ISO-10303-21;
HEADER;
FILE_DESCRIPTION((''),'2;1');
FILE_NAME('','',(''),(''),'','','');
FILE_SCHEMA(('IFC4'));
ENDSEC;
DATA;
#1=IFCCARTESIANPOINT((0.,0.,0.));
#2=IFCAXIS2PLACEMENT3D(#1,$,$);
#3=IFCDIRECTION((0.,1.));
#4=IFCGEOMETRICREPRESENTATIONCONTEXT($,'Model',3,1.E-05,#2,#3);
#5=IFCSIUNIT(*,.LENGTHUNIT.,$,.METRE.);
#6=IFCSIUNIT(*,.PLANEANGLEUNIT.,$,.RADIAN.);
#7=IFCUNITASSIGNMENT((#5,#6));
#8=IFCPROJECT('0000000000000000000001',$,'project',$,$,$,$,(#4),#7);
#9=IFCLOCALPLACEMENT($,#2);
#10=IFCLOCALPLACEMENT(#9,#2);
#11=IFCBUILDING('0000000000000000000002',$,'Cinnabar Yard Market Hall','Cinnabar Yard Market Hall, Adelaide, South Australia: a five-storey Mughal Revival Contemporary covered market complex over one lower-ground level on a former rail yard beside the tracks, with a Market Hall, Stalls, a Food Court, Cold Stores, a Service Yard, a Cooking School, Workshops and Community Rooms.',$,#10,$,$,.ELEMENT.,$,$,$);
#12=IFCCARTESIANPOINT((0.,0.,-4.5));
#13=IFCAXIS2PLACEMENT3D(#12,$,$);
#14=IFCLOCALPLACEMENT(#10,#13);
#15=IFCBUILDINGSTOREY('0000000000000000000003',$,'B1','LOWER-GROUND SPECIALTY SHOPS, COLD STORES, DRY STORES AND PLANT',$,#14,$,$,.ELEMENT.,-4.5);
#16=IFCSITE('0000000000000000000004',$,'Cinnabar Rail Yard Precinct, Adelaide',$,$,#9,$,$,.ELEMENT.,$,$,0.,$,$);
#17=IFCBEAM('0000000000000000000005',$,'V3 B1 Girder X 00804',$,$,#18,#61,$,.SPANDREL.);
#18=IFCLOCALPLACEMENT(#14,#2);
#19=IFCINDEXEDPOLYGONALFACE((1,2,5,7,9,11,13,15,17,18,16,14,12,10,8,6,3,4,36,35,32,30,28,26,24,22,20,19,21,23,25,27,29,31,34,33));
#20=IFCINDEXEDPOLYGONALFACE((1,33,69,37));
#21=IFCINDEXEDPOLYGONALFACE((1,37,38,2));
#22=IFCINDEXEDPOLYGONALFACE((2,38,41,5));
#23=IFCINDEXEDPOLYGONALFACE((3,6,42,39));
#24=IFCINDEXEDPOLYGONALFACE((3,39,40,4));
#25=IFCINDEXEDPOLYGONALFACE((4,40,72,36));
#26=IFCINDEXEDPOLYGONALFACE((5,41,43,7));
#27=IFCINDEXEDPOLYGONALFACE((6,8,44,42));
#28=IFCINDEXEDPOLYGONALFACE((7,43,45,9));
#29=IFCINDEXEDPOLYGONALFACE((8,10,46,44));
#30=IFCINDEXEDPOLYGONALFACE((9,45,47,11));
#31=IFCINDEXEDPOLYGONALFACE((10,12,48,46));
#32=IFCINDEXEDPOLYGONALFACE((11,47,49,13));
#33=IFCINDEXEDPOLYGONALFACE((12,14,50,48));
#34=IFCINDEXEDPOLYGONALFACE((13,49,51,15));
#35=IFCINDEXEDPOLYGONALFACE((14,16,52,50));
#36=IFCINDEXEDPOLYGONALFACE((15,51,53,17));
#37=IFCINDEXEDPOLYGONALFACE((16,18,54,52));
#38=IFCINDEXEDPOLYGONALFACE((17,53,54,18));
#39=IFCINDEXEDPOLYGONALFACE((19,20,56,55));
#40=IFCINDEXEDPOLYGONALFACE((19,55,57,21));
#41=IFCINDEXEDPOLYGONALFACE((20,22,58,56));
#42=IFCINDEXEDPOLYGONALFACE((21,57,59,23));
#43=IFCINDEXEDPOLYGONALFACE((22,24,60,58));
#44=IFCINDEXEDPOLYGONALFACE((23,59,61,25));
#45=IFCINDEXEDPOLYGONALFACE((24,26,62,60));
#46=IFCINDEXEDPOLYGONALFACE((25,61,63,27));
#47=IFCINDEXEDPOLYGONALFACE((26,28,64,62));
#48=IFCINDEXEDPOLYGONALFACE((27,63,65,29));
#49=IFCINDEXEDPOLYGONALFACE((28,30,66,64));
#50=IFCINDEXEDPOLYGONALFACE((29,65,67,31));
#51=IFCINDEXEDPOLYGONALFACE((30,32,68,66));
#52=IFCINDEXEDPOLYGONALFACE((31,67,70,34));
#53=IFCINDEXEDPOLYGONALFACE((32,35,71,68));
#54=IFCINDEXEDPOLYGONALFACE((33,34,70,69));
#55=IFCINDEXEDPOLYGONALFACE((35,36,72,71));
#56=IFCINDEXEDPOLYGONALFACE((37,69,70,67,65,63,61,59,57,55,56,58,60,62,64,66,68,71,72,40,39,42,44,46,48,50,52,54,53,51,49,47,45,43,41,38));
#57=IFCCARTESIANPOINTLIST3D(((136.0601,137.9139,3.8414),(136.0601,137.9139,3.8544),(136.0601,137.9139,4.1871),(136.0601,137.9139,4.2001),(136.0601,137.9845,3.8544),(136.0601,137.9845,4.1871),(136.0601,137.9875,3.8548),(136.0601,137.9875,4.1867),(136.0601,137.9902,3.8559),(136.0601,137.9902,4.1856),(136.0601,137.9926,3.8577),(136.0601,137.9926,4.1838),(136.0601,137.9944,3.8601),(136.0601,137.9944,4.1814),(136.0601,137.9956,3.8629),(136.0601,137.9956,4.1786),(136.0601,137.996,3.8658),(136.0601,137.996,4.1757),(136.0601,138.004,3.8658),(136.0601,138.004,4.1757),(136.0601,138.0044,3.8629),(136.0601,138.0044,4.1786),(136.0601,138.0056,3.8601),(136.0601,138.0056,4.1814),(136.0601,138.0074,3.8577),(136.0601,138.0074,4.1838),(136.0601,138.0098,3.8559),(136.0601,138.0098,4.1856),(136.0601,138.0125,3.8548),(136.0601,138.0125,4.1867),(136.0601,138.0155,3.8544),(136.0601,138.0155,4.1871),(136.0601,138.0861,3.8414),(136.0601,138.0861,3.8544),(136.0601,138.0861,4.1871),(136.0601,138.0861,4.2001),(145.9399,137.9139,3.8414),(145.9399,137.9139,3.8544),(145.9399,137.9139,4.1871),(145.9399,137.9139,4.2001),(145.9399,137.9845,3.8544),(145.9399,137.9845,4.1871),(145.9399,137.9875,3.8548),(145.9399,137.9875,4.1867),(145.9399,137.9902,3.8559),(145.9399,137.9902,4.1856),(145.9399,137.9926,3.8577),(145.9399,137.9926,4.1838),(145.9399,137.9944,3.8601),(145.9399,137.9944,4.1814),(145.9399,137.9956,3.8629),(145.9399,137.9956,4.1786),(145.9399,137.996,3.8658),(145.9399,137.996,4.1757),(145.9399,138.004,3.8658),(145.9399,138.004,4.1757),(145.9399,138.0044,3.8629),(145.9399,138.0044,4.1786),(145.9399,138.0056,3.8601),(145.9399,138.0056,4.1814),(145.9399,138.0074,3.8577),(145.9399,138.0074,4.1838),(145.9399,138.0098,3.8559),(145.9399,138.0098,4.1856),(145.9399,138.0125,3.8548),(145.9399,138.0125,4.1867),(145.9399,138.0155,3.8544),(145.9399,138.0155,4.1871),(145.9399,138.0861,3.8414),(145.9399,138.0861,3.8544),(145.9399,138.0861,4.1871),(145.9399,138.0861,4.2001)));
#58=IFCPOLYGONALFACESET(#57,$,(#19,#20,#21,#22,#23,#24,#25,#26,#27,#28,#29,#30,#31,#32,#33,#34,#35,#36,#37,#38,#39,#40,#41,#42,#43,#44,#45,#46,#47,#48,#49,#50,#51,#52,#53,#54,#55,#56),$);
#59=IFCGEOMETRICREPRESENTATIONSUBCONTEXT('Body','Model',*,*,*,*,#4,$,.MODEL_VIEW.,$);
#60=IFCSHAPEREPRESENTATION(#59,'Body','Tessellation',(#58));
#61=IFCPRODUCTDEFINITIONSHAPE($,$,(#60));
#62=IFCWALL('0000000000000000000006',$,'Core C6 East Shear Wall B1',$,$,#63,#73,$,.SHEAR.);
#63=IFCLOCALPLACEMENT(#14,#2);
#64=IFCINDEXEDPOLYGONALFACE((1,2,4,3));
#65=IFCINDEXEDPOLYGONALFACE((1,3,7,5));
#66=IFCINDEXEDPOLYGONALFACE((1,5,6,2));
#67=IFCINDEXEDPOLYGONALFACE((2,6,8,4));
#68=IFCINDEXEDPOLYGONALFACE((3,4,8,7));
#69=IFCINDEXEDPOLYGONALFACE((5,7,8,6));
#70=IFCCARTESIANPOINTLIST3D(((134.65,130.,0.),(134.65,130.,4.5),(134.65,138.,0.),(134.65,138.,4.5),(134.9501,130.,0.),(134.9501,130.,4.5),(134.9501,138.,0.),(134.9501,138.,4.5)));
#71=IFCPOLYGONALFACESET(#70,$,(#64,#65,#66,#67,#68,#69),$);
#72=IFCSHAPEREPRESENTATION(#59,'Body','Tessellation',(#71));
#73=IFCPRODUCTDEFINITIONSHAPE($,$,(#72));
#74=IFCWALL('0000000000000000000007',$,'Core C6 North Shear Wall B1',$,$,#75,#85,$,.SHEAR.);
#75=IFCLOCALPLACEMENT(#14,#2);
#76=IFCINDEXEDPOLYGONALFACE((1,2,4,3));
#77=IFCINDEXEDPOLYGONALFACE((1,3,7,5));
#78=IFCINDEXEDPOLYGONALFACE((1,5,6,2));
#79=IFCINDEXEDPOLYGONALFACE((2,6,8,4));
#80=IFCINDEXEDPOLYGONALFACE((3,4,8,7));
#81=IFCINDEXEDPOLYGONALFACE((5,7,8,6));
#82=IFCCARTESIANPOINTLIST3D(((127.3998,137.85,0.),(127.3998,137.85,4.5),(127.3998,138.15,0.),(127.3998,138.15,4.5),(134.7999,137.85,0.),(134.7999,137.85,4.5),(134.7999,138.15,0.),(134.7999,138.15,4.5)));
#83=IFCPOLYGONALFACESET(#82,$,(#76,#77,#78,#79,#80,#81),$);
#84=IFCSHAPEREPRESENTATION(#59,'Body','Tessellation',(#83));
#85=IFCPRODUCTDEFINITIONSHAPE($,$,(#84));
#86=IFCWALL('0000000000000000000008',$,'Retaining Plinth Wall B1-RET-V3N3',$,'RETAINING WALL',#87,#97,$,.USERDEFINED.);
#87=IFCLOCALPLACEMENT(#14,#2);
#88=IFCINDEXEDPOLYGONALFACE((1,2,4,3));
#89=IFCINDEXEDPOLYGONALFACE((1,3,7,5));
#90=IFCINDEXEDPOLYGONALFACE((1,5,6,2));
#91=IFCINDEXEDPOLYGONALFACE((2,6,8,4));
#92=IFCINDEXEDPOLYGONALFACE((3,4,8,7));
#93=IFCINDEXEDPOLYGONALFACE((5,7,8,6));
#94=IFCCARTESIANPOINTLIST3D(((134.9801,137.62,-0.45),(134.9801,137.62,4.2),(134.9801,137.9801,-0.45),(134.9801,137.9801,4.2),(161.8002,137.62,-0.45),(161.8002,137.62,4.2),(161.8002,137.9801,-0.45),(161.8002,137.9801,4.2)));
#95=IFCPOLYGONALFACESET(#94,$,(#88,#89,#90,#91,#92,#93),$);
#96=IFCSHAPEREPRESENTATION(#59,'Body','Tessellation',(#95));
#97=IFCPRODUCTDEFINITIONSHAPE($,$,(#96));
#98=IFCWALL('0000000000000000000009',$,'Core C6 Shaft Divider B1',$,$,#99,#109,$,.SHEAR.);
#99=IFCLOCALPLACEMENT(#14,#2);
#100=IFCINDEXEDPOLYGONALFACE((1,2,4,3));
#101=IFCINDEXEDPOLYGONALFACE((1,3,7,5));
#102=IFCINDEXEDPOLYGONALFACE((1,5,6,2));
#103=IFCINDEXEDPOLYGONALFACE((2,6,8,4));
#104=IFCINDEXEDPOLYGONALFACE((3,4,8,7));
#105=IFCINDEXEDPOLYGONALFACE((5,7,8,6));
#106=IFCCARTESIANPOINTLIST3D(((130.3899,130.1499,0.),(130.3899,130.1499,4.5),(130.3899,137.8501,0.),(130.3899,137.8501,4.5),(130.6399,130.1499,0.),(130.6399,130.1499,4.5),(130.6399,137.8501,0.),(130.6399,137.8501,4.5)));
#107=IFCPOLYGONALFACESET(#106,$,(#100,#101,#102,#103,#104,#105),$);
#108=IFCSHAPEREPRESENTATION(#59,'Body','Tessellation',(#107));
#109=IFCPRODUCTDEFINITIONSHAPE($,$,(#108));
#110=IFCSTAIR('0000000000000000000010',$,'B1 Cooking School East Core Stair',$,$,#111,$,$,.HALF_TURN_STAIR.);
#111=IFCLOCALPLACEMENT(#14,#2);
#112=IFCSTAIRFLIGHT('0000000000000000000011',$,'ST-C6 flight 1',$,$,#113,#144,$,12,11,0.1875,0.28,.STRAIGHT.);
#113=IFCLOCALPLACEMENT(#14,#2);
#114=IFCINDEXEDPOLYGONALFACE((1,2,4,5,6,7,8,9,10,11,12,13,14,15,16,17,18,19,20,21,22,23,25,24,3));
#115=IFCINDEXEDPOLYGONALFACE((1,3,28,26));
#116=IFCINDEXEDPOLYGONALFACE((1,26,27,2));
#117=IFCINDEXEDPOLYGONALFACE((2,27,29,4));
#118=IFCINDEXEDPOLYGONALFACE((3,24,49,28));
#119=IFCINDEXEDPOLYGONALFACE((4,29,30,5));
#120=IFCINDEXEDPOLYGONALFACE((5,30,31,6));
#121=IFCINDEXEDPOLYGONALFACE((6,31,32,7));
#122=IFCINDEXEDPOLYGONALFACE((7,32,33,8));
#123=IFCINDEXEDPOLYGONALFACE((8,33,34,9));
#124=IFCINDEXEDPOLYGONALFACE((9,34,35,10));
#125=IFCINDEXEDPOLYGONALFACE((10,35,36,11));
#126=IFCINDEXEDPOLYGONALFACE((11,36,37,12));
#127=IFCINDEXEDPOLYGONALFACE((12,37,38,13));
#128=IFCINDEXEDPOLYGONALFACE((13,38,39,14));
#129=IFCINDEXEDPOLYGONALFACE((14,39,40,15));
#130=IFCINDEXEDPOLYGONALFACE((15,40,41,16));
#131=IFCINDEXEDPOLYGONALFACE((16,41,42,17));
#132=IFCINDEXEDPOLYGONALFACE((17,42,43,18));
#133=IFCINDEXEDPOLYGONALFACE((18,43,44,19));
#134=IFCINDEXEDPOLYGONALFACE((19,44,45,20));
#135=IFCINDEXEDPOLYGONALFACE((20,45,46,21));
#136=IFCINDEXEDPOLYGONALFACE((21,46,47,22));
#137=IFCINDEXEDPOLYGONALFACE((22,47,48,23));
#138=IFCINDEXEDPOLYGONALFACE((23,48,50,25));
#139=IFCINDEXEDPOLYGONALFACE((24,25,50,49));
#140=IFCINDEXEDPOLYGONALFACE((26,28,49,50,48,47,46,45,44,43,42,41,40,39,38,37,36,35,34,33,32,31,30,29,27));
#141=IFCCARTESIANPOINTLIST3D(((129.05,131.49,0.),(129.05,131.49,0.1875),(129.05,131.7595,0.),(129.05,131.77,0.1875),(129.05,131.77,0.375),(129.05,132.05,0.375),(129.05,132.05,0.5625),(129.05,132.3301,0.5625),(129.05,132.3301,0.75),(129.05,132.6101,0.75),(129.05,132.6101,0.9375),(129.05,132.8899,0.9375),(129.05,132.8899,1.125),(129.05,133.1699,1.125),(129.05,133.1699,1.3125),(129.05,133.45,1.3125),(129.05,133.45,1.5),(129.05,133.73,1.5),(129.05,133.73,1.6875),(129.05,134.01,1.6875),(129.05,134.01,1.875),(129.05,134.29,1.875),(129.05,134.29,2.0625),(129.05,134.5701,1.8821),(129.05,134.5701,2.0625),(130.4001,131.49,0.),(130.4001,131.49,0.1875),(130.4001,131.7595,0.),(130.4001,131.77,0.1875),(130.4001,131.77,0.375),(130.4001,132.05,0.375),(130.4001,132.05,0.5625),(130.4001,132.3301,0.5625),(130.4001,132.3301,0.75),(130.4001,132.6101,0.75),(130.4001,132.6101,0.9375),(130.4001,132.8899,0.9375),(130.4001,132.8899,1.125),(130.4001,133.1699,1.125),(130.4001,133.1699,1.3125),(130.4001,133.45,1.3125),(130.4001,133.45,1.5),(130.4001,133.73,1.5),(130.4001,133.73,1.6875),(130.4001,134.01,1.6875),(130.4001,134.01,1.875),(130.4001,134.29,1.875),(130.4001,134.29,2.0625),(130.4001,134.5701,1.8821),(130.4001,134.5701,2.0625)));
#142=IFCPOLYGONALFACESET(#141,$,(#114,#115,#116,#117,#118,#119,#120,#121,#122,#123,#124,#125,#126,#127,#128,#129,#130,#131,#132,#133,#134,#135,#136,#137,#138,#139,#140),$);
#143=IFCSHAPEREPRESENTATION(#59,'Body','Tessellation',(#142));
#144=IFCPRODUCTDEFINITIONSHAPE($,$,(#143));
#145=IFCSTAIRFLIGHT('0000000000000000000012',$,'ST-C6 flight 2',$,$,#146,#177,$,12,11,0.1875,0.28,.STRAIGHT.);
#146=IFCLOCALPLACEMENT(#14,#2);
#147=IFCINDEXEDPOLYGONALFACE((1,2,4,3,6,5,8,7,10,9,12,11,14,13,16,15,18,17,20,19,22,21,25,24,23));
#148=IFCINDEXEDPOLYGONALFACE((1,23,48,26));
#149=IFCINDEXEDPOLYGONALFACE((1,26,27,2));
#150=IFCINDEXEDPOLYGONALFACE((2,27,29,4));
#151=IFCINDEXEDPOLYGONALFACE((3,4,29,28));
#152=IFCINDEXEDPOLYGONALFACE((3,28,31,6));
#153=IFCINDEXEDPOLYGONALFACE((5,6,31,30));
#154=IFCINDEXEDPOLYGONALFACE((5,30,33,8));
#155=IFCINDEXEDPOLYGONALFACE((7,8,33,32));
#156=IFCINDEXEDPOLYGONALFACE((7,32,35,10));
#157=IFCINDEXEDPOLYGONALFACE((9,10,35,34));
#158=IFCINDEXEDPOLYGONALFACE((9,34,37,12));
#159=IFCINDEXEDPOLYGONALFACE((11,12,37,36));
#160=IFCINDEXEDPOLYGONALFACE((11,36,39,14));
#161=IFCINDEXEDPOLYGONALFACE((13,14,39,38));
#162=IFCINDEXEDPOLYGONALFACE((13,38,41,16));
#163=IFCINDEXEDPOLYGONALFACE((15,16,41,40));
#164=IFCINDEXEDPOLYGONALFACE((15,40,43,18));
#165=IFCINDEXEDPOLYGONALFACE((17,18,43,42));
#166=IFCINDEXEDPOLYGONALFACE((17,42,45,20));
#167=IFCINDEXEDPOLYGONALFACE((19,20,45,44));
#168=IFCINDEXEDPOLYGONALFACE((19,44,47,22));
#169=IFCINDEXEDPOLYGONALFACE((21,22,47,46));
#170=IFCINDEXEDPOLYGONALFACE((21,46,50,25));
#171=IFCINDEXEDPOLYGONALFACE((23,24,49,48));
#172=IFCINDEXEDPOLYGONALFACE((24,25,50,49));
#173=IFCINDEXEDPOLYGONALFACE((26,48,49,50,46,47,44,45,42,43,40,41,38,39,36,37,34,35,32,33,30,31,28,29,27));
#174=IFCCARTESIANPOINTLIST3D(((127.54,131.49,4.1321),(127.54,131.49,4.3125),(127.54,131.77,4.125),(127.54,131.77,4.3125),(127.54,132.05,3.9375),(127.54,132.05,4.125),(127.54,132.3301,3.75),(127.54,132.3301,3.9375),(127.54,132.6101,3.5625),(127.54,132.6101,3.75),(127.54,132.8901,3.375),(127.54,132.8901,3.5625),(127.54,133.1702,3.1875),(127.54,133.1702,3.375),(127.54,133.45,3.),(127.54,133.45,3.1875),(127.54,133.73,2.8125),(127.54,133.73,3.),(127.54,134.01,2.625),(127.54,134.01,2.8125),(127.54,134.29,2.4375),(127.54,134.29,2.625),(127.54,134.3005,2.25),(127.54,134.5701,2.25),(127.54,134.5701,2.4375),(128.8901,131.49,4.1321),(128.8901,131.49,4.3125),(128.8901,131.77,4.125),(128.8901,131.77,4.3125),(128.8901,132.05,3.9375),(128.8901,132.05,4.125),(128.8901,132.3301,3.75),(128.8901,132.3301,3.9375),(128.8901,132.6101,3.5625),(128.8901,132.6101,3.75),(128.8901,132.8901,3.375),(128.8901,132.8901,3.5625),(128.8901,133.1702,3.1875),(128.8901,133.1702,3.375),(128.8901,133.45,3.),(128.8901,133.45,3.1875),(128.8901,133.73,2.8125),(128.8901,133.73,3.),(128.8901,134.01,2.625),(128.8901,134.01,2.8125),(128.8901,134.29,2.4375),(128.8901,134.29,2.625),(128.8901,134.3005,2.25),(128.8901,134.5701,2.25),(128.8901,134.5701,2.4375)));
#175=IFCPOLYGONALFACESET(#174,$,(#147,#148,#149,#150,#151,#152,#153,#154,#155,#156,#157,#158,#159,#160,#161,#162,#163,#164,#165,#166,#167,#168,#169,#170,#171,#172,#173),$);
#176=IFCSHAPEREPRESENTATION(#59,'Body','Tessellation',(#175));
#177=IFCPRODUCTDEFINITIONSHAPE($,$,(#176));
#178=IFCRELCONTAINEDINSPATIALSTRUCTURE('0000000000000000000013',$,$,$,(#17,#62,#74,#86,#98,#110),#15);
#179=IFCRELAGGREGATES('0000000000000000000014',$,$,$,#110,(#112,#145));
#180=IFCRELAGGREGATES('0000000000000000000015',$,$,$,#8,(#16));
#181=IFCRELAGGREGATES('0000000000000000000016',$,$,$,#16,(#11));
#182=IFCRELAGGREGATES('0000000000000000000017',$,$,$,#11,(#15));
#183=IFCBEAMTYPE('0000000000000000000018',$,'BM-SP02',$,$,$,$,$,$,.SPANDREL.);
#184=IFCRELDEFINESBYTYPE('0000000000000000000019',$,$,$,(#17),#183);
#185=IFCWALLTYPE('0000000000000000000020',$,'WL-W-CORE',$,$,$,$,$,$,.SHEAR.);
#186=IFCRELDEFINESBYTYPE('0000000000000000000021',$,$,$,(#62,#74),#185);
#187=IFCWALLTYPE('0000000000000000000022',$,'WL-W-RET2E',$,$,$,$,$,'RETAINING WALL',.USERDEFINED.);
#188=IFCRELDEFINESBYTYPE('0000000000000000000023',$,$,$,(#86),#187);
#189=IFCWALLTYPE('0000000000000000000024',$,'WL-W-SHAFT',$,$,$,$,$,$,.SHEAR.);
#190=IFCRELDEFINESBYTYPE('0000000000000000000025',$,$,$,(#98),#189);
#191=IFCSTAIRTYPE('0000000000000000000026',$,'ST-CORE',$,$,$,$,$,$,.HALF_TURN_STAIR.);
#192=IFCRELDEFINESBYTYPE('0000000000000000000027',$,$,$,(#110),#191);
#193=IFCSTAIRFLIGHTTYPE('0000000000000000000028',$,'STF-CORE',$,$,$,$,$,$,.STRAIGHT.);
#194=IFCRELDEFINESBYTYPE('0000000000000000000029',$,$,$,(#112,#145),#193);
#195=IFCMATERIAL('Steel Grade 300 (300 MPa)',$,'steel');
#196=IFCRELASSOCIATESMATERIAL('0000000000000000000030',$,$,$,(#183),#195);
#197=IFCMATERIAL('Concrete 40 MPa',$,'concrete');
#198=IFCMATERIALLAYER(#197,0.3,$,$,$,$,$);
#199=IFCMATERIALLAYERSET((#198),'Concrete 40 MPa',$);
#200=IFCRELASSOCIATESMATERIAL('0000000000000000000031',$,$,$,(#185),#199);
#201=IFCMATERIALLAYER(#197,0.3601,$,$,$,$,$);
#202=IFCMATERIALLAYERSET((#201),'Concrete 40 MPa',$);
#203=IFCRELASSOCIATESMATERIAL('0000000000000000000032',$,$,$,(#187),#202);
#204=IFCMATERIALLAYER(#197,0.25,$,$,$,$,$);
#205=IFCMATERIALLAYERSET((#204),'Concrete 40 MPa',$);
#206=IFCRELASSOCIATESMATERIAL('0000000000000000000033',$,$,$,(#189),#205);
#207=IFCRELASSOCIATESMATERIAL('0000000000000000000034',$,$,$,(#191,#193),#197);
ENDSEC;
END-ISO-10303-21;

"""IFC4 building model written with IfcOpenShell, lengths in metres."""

from ifc_helpers import new_model, si_unit, direction, frame, frame_2d, origin, origin_2d_with_axis, place, context, subcontext, project, spatial, polyline, rectangle, i_section, outline, extrude, material, layer, layer_set, material_profile, profile_set, type_object, element, aggregate, save


model = new_model("IFC4")

# Units and contexts
model_context = context("Model", 3, precision=1e-05, world=origin(), true_north=direction((0.0, 1.0)))
body_context = subcontext(model_context, "Body", "Model", "MODEL_VIEW")
ifc_project = project(units=[si_unit("LENGTHUNIT", "METRE"), si_unit("PLANEANGLEUNIT", "RADIAN")], contexts=[model_context])

# Site, building, storey
site_placement = place(None, origin())
site = spatial("IfcSite", under=ifc_project, at=site_placement, Name="Cinnabar Rail Yard Precinct, Adelaide", CompositionType="ELEMENT", RefElevation=0.0)
building_placement = place(site_placement, origin())
building = spatial("IfcBuilding", under=site, at=building_placement, Name="Cinnabar Yard Market Hall", Description="Cinnabar Yard Market Hall, Adelaide, South Australia: a five-storey Mughal Revival Contemporary covered market complex over one lower-ground level on a former rail yard beside the tracks, with a Market Hall, Stalls, a Food Court, Cold Stores, a Service Yard, a Cooking School, Workshops and Community Rooms.", CompositionType="ELEMENT")
storey_placement = place(building_placement, frame((0.0, 0.0, -4.5)))
storey = spatial("IfcBuildingStorey", under=building, at=storey_placement, Name="B1", Description="LOWER-GROUND SPECIALTY SHOPS, COLD STORES, DRY STORES AND PLANT", CompositionType="ELEMENT", Elevation=-4.5)

# Shared definitions
ifc_material_1 = material(Name="Concrete 40 MPa", Category="concrete")

# Shared definitions
ifc_material_2 = material(Name="Steel Grade 300 (300 MPa)", Category="steel")

# Beam
ifc_material_profile_1 = material_profile(ifc_material_2, i_section(OverallWidth=0.1721, OverallDepth=0.3586, WebThickness=0.0081, FlangeThickness=0.0129, FilletRadius=0.0115, at=origin_2d_with_axis()), Name="360UB56.7")
ifc_profile_set_1 = profile_set([ifc_material_profile_1], Name="Steel Grade 300 (300 MPa)")
beam_type_1 = type_object("IfcBeamType", Name="BM-SP02", PredefinedType="SPANDREL", material=ifc_profile_set_1)
beam_1_placement = place(storey_placement, frame((136.0601, 138.0, 4.0208), z_axis=(1.0, 0.0, 0.0), x_axis=(0.0, 1.0, 0.0)))
element("IfcBeam", 1, at=beam_1_placement, inside=storey, type_object=beam_type_1, Name="V3 B1 Girder X 00804", PredefinedType="SPANDREL", context=body_context, shape_type="SweptSolid", body=[
    extrude(i_section(OverallWidth=0.1721, OverallDepth=0.3586, WebThickness=0.0081, FlangeThickness=0.0129, FilletRadius=0.0115, at=origin_2d_with_axis()), origin(), (0.0, 0.0, 1.0), 9.8799),
])

# Walls
ifc_layer_1 = layer(ifc_material_1, 0.3)
ifc_layer_set_1 = layer_set([ifc_layer_1], Name="Concrete 40 MPa")
wall_type_1 = type_object("IfcWallType", Name="WL-W-CORE", PredefinedType="SHEAR", material=ifc_layer_set_1)
wall_1_placement = place(storey_placement, frame((134.8, 130.0, 0.0), z_axis=(0.0, 0.0, 1.0), x_axis=(0.0, 1.0, 0.0)))
element("IfcWall", 2, at=wall_1_placement, inside=storey, type_object=wall_type_1, Name="Core C6 East Shear Wall B1", PredefinedType="SHEAR", context=body_context, shape_type="SweptSolid", body=[
    extrude(rectangle(XDim=8.0, YDim=0.3, at=frame_2d((4.0, 0.0), x_axis=(1.0, 0.0))), origin(), (0.0, 0.0, 1.0), 4.5),
])
wall_2_placement = place(storey_placement, frame((134.8, 138.0, 0.0), z_axis=(0.0, 0.0, 1.0), x_axis=(-1.0, 0.0, 0.0)))
element("IfcWall", 3, at=wall_2_placement, inside=storey, type_object=wall_type_1, Name="Core C6 North Shear Wall B1", PredefinedType="SHEAR", context=body_context, shape_type="SweptSolid", body=[
    extrude(rectangle(XDim=7.4001, YDim=0.3, at=frame_2d((3.7002, 0.0), x_axis=(1.0, 0.0))), origin(), (0.0, 0.0, 1.0), 4.5),
])
ifc_layer_2 = layer(ifc_material_1, 0.3601)
ifc_layer_set_2 = layer_set([ifc_layer_2], Name="Concrete 40 MPa")
wall_type_2 = type_object("IfcWallType", Name="WL-W-RET2E", ElementType="RETAINING WALL", PredefinedType="USERDEFINED", material=ifc_layer_set_2)
wall_3_placement = place(storey_placement, frame((134.98, 137.8, -0.45), z_axis=(0.0, 0.0, 1.0), x_axis=(1.0, 0.0, 0.0)))
element("IfcWall", 4, at=wall_3_placement, inside=storey, type_object=wall_type_2, Name="Retaining Plinth Wall B1-RET-V3N3", ObjectType="RETAINING WALL", PredefinedType="USERDEFINED", context=body_context, shape_type="SweptSolid", body=[
    extrude(rectangle(XDim=26.8201, YDim=0.3601, at=frame_2d((13.4102, 0.0), x_axis=(1.0, 0.0))), origin(), (0.0, 0.0, 1.0), 4.6499),
])
ifc_layer_3 = layer(ifc_material_1, 0.25)
ifc_layer_set_3 = layer_set([ifc_layer_3], Name="Concrete 40 MPa")
wall_type_3 = type_object("IfcWallType", Name="WL-W-SHAFT", PredefinedType="SHEAR", material=ifc_layer_set_3)
wall_4_placement = place(storey_placement, frame((130.5149, 130.1499, 0.0), z_axis=(0.0, 0.0, 1.0), x_axis=(0.0, 1.0, 0.0)))
element("IfcWall", 5, at=wall_4_placement, inside=storey, type_object=wall_type_3, Name="Core C6 Shaft Divider B1", PredefinedType="SHEAR", context=body_context, shape_type="SweptSolid", body=[
    extrude(rectangle(XDim=7.7002, YDim=0.25, at=frame_2d((3.8501, 0.0), x_axis=(1.0, 0.0))), origin(), (0.0, 0.0, 1.0), 4.5),
])

# Stair, stair flights
stair_type = type_object("IfcStairType", Name="ST-CORE", PredefinedType="HALF_TURN_STAIR", material=ifc_material_1)
stair_placement = place(storey_placement, origin())
stair = element("IfcStair", 6, at=stair_placement, inside=storey, type_object=stair_type, Name="B1 Cooking School East Core Stair", PredefinedType="HALF_TURN_STAIR")
stair_flight_type = type_object("IfcStairFlightType", Name="STF-CORE", PredefinedType="STRAIGHT", material=ifc_material_1)
stair_flight_1_placement = place(storey_placement, frame((129.7251, 131.49, 0.0), z_axis=(0.0, 0.0, 1.0), x_axis=(0.0, 1.0, 0.0)))
stair_flight_1 = element("IfcStairFlight", 7, at=stair_flight_1_placement, type_object=stair_flight_type, Name="ST-C6 flight 1", NumberOfRisers=12, NumberOfTreads=11, PredefinedType="STRAIGHT", RiserHeight=0.1875, TreadLength=0.28, context=body_context, shape_type="SweptSolid", body=[
    extrude(outline(polyline([(0.0, 0.0), (0.0, 0.1875), (0.28, 0.1875), (0.28, 0.375), (0.5601, 0.375), (0.5601, 0.5625), (0.8401, 0.5625), (0.8401, 0.75), (1.1201, 0.75), (1.1201, 0.9375), (1.3999, 0.9375), (1.3999, 1.125), (1.6799, 1.125), (1.6799, 1.3125), (1.96, 1.3125), (1.96, 1.5), (2.24, 1.5), (2.24, 1.6875), (2.52, 1.6875), (2.52, 1.875), (2.8, 1.875), (2.8, 2.0625), (3.0801, 2.0625), (3.0801, 2.25), (3.0801, 1.8821), (0.2695, 0.0), (0.0, 0.0)])), frame((0.0, 0.675, 0.0), z_axis=(0.0, -1.0, 0.0), x_axis=(1.0, 0.0, 0.0)), (0.0, 0.0, 1.0), 1.3501),
])
stair_flight_2_placement = place(storey_placement, frame((128.2151, 134.5701, 2.25), z_axis=(0.0, 0.0, 1.0), x_axis=(0.0, -1.0, 0.0)))
stair_flight_2 = element("IfcStairFlight", 8, at=stair_flight_2_placement, type_object=stair_flight_type, Name="ST-C6 flight 2", NumberOfRisers=12, NumberOfTreads=11, PredefinedType="STRAIGHT", RiserHeight=0.1875, TreadLength=0.28, context=body_context, shape_type="SweptSolid", body=[
    extrude(outline(polyline([(0.0, 0.0), (0.0, 0.1875), (0.28, 0.1875), (0.28, 0.375), (0.5601, 0.375), (0.5601, 0.5625), (0.8401, 0.5625), (0.8401, 0.75), (1.1201, 0.75), (1.1201, 0.9375), (1.3999, 0.9375), (1.3999, 1.125), (1.6799, 1.125), (1.6799, 1.3125), (1.96, 1.3125), (1.96, 1.5), (2.24, 1.5), (2.24, 1.6875), (2.52, 1.6875), (2.52, 1.875), (2.8, 1.875), (2.8, 2.0625), (3.0801, 2.0625), (3.0801, 2.25), (3.0801, 1.8821), (0.2695, 0.0), (0.0, 0.0)])), frame((0.0, 0.675, 0.0), z_axis=(0.0, -1.0, 0.0), x_axis=(1.0, 0.0, 0.0)), (0.0, 0.0, 1.0), 1.3501),
])
aggregate(stair, [stair_flight_1, stair_flight_2])

save(model, "model.ifc")
